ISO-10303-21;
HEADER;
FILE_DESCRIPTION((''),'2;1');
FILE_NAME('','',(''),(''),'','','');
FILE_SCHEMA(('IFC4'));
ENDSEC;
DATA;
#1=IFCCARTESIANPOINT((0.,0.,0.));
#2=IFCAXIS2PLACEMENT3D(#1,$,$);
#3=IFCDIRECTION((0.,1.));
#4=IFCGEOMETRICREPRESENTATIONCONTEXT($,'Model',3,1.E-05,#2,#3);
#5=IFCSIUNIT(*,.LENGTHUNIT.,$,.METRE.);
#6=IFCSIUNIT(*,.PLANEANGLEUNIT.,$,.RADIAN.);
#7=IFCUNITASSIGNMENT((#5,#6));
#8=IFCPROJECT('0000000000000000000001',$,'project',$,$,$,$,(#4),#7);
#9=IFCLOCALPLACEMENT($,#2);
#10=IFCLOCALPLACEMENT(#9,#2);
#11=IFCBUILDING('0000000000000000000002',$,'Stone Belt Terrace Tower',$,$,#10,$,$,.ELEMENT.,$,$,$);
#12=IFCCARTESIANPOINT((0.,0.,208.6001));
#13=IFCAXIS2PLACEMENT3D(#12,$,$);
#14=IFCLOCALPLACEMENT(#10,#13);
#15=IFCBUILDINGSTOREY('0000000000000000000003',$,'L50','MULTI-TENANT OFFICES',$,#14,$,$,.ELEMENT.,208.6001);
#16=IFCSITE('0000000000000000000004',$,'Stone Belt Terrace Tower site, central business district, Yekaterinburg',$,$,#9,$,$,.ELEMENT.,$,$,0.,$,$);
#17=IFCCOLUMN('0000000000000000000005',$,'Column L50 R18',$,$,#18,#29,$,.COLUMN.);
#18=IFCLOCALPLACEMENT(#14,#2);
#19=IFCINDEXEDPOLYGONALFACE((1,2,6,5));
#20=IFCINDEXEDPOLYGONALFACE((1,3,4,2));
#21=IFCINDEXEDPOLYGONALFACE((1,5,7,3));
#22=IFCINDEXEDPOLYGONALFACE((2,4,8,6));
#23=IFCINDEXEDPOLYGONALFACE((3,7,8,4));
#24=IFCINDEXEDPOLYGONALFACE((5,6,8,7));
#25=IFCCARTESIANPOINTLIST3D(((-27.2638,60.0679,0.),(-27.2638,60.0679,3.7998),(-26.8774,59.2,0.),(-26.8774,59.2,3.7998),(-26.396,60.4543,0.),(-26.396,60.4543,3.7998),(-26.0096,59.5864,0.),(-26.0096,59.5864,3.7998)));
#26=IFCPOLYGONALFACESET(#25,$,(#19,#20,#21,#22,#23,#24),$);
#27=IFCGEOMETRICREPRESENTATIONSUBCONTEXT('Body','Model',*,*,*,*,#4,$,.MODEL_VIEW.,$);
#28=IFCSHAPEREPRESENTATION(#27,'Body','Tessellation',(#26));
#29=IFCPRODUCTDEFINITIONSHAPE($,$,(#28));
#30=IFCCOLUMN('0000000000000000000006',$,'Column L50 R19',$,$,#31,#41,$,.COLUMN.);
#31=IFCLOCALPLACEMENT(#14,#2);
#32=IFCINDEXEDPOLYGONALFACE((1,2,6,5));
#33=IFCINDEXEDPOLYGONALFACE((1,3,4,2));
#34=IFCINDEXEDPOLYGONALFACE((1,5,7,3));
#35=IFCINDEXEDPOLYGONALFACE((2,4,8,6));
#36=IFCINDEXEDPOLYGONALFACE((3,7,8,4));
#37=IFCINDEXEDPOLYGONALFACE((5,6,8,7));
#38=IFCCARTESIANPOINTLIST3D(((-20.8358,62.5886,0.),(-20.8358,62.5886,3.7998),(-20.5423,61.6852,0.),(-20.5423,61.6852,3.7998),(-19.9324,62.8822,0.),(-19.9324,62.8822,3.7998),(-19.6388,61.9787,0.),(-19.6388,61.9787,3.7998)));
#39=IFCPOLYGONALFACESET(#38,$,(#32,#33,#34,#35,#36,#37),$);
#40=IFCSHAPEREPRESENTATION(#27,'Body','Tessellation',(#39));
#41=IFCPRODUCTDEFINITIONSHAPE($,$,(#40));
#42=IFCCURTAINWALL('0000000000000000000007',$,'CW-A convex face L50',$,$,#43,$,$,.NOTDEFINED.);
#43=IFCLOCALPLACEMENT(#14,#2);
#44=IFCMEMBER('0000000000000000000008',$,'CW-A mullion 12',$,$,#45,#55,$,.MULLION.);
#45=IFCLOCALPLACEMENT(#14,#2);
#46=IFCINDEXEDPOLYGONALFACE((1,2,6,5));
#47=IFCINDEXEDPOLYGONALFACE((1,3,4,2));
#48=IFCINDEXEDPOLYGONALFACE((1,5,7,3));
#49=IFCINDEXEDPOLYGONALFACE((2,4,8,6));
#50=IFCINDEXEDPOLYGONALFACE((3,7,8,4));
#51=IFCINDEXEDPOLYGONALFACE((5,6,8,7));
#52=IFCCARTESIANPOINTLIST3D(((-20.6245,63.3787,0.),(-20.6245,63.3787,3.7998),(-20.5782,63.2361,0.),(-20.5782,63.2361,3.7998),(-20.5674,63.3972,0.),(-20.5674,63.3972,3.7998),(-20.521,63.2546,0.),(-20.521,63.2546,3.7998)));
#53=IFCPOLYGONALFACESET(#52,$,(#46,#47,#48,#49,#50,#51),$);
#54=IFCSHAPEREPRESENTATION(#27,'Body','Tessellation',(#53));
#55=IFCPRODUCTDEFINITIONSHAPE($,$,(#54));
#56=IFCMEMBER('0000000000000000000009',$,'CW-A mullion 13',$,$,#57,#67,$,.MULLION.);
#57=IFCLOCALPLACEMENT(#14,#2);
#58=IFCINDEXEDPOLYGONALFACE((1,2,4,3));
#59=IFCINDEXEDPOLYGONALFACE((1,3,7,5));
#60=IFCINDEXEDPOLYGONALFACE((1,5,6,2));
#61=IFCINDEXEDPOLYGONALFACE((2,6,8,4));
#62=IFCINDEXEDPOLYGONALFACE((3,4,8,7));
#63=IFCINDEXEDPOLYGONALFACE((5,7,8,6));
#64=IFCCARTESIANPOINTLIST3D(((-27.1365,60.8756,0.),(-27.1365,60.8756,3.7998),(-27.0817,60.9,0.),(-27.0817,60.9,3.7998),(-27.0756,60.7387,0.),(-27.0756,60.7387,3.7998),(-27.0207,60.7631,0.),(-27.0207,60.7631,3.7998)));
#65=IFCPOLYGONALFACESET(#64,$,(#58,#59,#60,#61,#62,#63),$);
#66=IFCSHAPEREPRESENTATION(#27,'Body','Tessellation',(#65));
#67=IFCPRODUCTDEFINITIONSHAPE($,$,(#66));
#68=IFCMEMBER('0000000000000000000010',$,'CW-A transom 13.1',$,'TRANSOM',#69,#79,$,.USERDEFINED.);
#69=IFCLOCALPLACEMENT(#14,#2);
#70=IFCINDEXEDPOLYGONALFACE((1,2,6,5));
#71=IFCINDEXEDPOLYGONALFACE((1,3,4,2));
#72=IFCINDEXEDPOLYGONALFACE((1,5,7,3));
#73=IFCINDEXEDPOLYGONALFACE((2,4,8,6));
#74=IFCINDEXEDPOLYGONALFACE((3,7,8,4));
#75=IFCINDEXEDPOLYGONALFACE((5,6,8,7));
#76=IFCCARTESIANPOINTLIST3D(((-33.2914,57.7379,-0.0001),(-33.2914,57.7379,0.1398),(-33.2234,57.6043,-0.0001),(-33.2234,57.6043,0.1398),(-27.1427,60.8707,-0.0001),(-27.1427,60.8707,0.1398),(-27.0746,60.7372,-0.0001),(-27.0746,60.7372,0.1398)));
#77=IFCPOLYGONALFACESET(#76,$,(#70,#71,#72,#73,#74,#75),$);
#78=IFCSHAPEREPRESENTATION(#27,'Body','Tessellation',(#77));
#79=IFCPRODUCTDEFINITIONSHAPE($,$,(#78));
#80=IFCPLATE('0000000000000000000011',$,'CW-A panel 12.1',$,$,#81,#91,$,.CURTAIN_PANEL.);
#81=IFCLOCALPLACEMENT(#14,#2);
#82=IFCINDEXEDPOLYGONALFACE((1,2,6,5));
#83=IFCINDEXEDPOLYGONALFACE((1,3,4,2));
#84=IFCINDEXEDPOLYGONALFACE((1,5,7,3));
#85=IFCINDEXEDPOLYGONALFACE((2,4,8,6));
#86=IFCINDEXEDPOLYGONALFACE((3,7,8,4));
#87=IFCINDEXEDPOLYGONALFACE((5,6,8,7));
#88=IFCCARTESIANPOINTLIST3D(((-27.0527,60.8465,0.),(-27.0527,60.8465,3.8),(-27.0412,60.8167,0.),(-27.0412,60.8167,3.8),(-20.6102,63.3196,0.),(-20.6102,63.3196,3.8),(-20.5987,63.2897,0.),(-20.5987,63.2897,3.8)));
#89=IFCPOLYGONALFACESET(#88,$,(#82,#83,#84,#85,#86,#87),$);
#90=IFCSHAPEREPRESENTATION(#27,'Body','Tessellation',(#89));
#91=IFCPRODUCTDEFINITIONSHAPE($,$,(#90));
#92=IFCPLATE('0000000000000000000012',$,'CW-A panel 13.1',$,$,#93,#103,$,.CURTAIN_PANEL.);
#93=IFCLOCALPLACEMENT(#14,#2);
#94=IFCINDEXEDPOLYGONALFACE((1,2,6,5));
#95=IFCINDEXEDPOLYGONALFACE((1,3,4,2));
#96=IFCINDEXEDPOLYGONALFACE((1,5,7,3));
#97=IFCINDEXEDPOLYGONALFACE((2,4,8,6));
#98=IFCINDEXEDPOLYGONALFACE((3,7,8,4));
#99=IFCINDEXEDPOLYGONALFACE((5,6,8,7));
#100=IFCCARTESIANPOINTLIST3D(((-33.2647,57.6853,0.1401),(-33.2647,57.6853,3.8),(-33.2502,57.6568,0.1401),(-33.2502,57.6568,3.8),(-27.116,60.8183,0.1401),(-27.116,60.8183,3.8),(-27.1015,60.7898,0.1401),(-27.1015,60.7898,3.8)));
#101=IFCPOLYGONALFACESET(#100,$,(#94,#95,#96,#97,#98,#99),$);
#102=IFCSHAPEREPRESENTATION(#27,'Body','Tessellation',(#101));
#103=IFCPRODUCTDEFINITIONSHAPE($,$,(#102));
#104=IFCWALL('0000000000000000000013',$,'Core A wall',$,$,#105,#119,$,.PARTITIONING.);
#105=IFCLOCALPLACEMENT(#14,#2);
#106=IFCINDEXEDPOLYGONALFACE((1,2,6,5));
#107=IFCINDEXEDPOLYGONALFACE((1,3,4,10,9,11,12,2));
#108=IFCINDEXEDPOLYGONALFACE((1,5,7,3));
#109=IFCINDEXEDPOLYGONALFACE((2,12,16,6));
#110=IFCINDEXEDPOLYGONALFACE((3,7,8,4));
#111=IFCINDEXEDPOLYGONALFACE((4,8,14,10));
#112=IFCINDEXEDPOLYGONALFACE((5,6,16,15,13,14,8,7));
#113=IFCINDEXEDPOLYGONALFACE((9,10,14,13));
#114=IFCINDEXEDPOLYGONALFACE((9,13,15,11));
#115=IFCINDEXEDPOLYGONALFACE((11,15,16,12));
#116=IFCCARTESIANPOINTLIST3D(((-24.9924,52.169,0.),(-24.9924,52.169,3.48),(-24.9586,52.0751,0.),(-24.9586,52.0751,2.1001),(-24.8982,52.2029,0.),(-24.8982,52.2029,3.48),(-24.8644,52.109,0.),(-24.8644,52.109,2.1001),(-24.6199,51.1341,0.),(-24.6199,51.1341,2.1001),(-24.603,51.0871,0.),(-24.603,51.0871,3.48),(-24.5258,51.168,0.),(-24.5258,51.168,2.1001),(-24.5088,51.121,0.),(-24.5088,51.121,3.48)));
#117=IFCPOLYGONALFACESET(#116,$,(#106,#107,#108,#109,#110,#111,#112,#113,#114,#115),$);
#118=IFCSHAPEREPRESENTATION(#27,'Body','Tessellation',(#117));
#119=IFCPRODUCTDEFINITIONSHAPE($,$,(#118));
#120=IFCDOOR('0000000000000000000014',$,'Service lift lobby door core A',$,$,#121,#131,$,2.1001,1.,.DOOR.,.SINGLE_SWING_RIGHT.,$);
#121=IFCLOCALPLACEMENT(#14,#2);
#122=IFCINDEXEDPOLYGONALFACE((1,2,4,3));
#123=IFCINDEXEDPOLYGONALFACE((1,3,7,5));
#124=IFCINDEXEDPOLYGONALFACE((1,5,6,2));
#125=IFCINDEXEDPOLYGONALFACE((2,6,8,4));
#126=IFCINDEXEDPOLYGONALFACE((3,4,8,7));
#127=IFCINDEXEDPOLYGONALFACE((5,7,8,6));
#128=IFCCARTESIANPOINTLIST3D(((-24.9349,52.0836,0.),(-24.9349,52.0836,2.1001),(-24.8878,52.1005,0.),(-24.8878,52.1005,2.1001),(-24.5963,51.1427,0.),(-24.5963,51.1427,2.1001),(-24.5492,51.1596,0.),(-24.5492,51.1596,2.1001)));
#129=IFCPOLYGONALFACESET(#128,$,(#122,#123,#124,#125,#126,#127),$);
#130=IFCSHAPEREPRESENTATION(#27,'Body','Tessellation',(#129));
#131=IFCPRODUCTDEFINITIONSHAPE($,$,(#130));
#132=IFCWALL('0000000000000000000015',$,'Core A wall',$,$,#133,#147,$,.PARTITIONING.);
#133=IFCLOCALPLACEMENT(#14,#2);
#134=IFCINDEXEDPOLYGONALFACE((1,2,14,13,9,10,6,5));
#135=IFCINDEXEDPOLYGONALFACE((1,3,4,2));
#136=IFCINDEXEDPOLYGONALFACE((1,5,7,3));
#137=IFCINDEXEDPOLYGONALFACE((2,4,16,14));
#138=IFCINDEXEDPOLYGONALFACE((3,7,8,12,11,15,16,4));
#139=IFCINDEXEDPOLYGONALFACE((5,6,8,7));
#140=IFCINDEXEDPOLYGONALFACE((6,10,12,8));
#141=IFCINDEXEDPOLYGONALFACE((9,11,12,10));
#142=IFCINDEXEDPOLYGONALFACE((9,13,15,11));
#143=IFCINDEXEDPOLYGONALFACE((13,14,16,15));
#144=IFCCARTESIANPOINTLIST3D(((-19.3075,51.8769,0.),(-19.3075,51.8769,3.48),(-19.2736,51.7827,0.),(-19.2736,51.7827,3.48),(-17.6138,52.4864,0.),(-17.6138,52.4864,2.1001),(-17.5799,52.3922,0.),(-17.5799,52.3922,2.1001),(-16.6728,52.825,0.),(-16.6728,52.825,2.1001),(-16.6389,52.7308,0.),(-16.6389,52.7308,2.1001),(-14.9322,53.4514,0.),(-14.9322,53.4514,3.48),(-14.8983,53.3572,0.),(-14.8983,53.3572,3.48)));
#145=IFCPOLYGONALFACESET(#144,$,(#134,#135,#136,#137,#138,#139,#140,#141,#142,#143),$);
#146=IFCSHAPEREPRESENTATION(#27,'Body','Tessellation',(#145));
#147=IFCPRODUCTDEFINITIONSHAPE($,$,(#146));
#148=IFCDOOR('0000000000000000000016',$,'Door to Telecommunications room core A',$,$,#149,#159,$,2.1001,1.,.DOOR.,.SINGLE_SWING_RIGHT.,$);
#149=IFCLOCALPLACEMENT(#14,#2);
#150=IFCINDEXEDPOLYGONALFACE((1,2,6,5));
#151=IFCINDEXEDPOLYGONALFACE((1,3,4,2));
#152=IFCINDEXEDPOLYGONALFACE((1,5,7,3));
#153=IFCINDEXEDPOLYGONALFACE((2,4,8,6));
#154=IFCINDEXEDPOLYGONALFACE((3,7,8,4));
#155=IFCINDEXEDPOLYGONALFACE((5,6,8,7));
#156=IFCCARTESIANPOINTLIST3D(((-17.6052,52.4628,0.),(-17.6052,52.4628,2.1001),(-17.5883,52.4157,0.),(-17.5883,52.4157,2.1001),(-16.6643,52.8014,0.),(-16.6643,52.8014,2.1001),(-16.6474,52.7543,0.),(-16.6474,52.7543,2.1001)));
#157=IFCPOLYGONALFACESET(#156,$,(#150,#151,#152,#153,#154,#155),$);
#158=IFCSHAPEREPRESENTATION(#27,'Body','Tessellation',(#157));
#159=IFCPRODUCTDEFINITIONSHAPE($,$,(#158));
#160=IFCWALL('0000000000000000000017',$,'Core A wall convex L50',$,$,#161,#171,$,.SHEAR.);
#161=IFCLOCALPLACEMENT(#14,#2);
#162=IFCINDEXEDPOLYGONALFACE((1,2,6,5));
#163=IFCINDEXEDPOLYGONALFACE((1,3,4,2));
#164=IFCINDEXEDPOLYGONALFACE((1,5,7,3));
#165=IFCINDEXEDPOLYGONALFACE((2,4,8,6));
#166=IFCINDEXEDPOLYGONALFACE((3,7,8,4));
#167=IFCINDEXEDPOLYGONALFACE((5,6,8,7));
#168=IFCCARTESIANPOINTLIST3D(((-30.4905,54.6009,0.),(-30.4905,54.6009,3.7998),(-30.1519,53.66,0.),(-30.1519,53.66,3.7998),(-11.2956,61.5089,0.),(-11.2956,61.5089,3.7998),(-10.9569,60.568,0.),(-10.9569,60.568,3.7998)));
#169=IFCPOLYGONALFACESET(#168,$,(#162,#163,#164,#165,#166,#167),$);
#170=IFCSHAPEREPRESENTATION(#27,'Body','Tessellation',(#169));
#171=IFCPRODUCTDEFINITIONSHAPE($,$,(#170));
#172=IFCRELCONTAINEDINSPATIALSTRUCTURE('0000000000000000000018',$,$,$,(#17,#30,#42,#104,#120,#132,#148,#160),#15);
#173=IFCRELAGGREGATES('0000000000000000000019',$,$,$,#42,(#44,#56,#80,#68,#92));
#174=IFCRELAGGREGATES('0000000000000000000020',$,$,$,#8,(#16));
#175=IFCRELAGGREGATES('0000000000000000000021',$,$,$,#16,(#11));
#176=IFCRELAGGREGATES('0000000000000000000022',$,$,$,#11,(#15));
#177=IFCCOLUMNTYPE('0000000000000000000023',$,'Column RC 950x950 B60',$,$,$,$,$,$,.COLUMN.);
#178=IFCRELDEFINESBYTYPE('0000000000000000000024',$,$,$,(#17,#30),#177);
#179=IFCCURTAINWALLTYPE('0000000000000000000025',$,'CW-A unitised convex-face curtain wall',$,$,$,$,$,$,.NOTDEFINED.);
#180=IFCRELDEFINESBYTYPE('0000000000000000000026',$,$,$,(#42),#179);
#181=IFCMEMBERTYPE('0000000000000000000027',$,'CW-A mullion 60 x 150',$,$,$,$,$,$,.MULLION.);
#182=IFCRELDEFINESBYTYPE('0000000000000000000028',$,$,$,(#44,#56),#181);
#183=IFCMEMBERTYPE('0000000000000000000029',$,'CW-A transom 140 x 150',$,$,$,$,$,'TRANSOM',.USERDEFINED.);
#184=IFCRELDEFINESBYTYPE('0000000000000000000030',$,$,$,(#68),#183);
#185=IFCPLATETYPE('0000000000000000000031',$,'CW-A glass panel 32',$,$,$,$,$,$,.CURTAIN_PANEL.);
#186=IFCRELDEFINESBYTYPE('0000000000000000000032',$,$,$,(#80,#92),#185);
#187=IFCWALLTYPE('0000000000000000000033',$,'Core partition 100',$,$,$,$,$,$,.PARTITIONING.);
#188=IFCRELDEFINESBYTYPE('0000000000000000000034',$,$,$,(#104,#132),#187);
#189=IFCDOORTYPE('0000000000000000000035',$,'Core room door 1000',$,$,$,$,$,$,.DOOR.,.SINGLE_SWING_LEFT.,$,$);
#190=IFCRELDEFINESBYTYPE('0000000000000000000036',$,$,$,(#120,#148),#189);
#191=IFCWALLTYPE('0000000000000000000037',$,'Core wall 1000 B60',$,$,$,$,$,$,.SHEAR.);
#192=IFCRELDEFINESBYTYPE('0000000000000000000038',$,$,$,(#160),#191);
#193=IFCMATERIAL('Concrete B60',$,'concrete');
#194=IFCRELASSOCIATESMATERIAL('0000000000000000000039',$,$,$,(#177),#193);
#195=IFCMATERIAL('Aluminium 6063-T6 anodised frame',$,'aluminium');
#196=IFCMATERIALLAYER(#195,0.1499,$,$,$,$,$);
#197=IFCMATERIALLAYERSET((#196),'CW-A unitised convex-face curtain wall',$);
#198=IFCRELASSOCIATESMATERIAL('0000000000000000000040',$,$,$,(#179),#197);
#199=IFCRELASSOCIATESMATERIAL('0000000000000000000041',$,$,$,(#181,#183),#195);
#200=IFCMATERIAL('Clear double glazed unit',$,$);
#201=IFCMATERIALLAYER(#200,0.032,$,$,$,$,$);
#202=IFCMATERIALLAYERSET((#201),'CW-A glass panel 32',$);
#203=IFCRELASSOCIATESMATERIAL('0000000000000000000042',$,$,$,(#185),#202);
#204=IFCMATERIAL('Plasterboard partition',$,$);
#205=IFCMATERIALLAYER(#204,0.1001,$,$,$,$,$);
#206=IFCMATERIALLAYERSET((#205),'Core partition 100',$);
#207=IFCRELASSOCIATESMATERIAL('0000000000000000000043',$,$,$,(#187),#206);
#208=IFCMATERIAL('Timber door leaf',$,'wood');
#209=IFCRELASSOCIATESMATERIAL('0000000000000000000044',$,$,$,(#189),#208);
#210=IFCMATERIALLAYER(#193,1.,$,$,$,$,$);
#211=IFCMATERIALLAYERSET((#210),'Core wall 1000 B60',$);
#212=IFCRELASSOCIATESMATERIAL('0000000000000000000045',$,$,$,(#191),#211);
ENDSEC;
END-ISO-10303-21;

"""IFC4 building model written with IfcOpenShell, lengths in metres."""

from ifc_helpers import new_model, si_unit, direction, frame, frame_2d, origin, origin_2d, place, context, subcontext, project, spatial, rectangle, extrude, material, layer, layer_set, material_profile, profile_set, type_object, element, fill, aggregate, save


model = new_model("IFC4")

# Units and contexts
model_context = context("Model", 3, precision=1e-05, world=origin(), true_north=direction((0.0, 1.0)))
body_context = subcontext(model_context, "Body", "Model", "MODEL_VIEW")
ifc_project = project(units=[si_unit("LENGTHUNIT", "METRE"), si_unit("PLANEANGLEUNIT", "RADIAN")], contexts=[model_context])

# Site, building, storey
site_placement = place(None, origin())
site = spatial("IfcSite", under=ifc_project, at=site_placement, Name="Stone Belt Terrace Tower site, central business district, Yekaterinburg", CompositionType="ELEMENT", RefElevation=0.0)
building_placement = place(site_placement, origin())
building = spatial("IfcBuilding", under=site, at=building_placement, Name="Stone Belt Terrace Tower", CompositionType="ELEMENT")
storey_placement = place(building_placement, frame((0.0, 0.0, 208.6001)))
storey = spatial("IfcBuildingStorey", under=building, at=storey_placement, Name="L50", Description="MULTI-TENANT OFFICES", CompositionType="ELEMENT", Elevation=208.6001)

# Columns
ifc_material_1 = material(Name="Concrete B60", Category="concrete")
ifc_material_profile_1 = material_profile(ifc_material_1, rectangle(XDim=0.95, YDim=0.95, at=origin_2d()), Name="RC 950x950")
ifc_profile_set_1 = profile_set([ifc_material_profile_1], Name="Concrete B60")
column_type = type_object("IfcColumnType", Name="Column RC 950x950 B60", PredefinedType="COLUMN", material=ifc_profile_set_1)
for number, where, z_axis, x_axis, name in (
    (1, (-26.6367, 59.8271, 0.0), (0.0, 0.0, 1.0), (0.913545, 0.406737, 0.0), "Column L50 R18"),
    (2, (-20.2373, 62.2837, 0.0), (0.0, 0.0, 1.0), (0.951057, 0.309017, 0.0), "Column L50 R19"),
):
    element("IfcColumn", number, at=place(storey_placement, frame(where, z_axis=z_axis, x_axis=x_axis)), inside=storey, type_object=column_type, Name=name, PredefinedType="COLUMN", context=body_context, shape_type="SweptSolid", body=[
        extrude(rectangle(XDim=0.95, YDim=0.95, at=origin_2d()), origin(), (0.0, 0.0, 1.0), 3.7998),
    ])

# Curtain wall, members, plates
ifc_material_2 = material(Name="Aluminium 6063-T6 anodised frame", Category="aluminium")
ifc_layer_1 = layer(ifc_material_2, 0.1499)
ifc_layer_set_1 = layer_set([ifc_layer_1], Name="CW-A unitised convex-face curtain wall")
curtain_wall_type = type_object("IfcCurtainWallType", Name="CW-A unitised convex-face curtain wall", PredefinedType="NOTDEFINED", material=ifc_layer_set_1)
curtain_wall_placement = place(storey_placement, origin())
curtain_wall = element("IfcCurtainWall", 3, at=curtain_wall_placement, inside=storey, type_object=curtain_wall_type, Name="CW-A convex face L50", PredefinedType="NOTDEFINED")
ifc_material_profile_2 = material_profile(ifc_material_2, rectangle(XDim=0.1499, YDim=0.0601, at=origin_2d()), Name="Aluminium 6063-T6 60x150")
ifc_profile_set_2 = profile_set([ifc_material_profile_2], Name="Aluminium 6063-T6 anodised frame")
member_type_1 = type_object("IfcMemberType", Name="CW-A mullion 60 x 150", PredefinedType="MULLION", material=ifc_profile_set_2)
member_1_placement = place(storey_placement, frame((-20.5728, 63.3167, 0.0), z_axis=(0.0, 0.0, 1.0), x_axis=(0.309017, -0.951057, 0.0)))
member_1 = element("IfcMember", 4, at=member_1_placement, type_object=member_type_1, Name="CW-A mullion 12", PredefinedType="MULLION", context=body_context, shape_type="SweptSolid", body=[
    extrude(rectangle(XDim=0.1499, YDim=0.0601, at=origin_2d()), origin(), (0.0, 0.0, 1.0), 3.7998),
])
member_2_placement = place(storey_placement, frame((-27.0786, 60.8193, 0.0), z_axis=(0.0, 0.0, 1.0), x_axis=(0.406737, -0.913545, 0.0)))
member_2 = element("IfcMember", 5, at=member_2_placement, type_object=member_type_1, Name="CW-A mullion 13", PredefinedType="MULLION", context=body_context, shape_type="SweptSolid", body=[
    extrude(rectangle(XDim=0.1499, YDim=0.0601, at=origin_2d()), origin(), (0.0, 0.0, 1.0), 3.7998),
])
ifc_material_profile_3 = material_profile(ifc_material_2, rectangle(XDim=0.1499, YDim=0.1399, at=origin_2d()), Name="Aluminium 6063-T6 150x140")
ifc_profile_set_3 = profile_set([ifc_material_profile_3], Name="Aluminium 6063-T6 anodised frame")
member_type_2 = type_object("IfcMemberType", Name="CW-A transom 140 x 150", ElementType="TRANSOM", PredefinedType="USERDEFINED", material=ifc_profile_set_3)
member_3_placement = place(storey_placement, frame((-27.1086, 60.804, 0.0698), z_axis=(-0.891012, -0.453979, 0.0), x_axis=(0.453979, -0.891012, 0.0)))
member_3 = element("IfcMember", 6, at=member_3_placement, type_object=member_type_2, Name="CW-A transom 13.1", ObjectType="TRANSOM", PredefinedType="USERDEFINED", context=body_context, shape_type="SweptSolid", body=[
    extrude(rectangle(XDim=0.1499, YDim=0.1399, at=origin_2d()), origin(), (0.0, 0.0, 1.0), 6.9009),
])
ifc_material_3 = material(Name="Clear double glazed unit")
ifc_layer_2 = layer(ifc_material_3, 0.032)
ifc_layer_set_2 = layer_set([ifc_layer_2], Name="CW-A glass panel 32")
plate_type = type_object("IfcPlateType", Name="CW-A glass panel 32", PredefinedType="CURTAIN_PANEL", material=ifc_layer_set_2)
plate_1_placement = place(storey_placement, frame((-23.8257, 62.0681, 0.0), z_axis=(0.0, 0.0, 1.0), x_axis=(-0.93358, -0.358368, 0.0)))
plate_1 = element("IfcPlate", 7, at=plate_1_placement, type_object=plate_type, Name="CW-A panel 12.1", PredefinedType="CURTAIN_PANEL", context=body_context, shape_type="SweptSolid", body=[
    extrude(rectangle(XDim=6.9009, YDim=0.032, at=origin_2d()), origin(), (0.0, 0.0, 1.0), 3.8),
])
plate_2_placement = place(storey_placement, frame((-30.1831, 59.2375, 0.1401), z_axis=(0.0, 0.0, 1.0), x_axis=(-0.891007, -0.45399, 0.0)))
plate_2 = element("IfcPlate", 8, at=plate_2_placement, type_object=plate_type, Name="CW-A panel 13.1", PredefinedType="CURTAIN_PANEL", context=body_context, shape_type="SweptSolid", body=[
    extrude(rectangle(XDim=6.9009, YDim=0.032, at=origin_2d()), origin(), (0.0, 0.0, 1.0), 3.6599),
])
aggregate(curtain_wall, [member_1, member_2, plate_1, member_3, plate_2])

# Walls, openings, doors
ifc_material_4 = material(Name="Plasterboard partition")
ifc_layer_3 = layer(ifc_material_4, 0.1001)
ifc_layer_set_3 = layer_set([ifc_layer_3], Name="Core partition 100")
wall_type_1 = type_object("IfcWallType", Name="Core partition 100", PredefinedType="PARTITIONING", material=ifc_layer_set_3)
wall_1_placement = place(storey_placement, frame((-24.5559, 51.104, 0.0), z_axis=(0.0, 0.0, 1.0), x_axis=(-0.338622, 0.940923, 0.0)))
wall_1 = element("IfcWall", 9, at=wall_1_placement, inside=storey, type_object=wall_type_1, Name="Core A wall", PredefinedType="PARTITIONING", context=body_context, shape_type="SweptSolid", body=[
    extrude(rectangle(XDim=1.1499, YDim=0.1001, at=frame_2d((0.575, 0.0))), origin(), (0.0, 0.0, 1.0), 3.48),
])
opening_1_placement = place(wall_1_placement, frame((0.05, 0.0, 0.0)))
opening_1 = element("IfcOpeningElement", 10, at=opening_1_placement, cuts=wall_1, PredefinedType="OPENING", context=body_context, shape_type="SweptSolid", body=[
    extrude(rectangle(XDim=1.0, YDim=2.1001, at=frame_2d((0.5, 1.05))), frame((0.0, 0.0601, 0.0), z_axis=(0.0, -1.0, 0.0), x_axis=(1.0, 0.0, 0.0)), (0.0, 0.0, 1.0), 0.1201),
])
ifc_material_5 = material(Name="Timber door leaf", Category="wood")
door_type_1 = type_object("IfcDoorType", Name="Core room door 1000", OperationType="SINGLE_SWING_LEFT", PredefinedType="DOOR", material=ifc_material_5)
door_1_placement = place(opening_1_placement, origin())
door_1 = element("IfcDoor", 11, at=door_1_placement, inside=storey, type_object=door_type_1, Name="Service lift lobby door core A", OperationType="SINGLE_SWING_RIGHT", OverallHeight=2.1001, OverallWidth=1.0, PredefinedType="DOOR", context=body_context, shape_type="SweptSolid", body=[
    extrude(rectangle(XDim=1.0, YDim=2.1001, at=frame_2d((0.5, 1.05))), frame((0.0, 0.0249, 0.0), z_axis=(0.0, -1.0, 0.0), x_axis=(1.0, 0.0, 0.0)), (0.0, 0.0, 1.0), 0.05),
])
fill(opening_1, door_1)
wall_2_placement = place(storey_placement, frame((-19.2905, 51.8298, 0.0), z_axis=(0.0, 0.0, 1.0), x_axis=(0.94093, 0.3386, 0.0)))
wall_2 = element("IfcWall", 12, at=wall_2_placement, inside=storey, type_object=wall_type_1, Name="Core A wall", PredefinedType="PARTITIONING", context=body_context, shape_type="SweptSolid", body=[
    extrude(rectangle(XDim=4.6499, YDim=0.1001, at=frame_2d((2.325, 0.0))), origin(), (0.0, 0.0, 1.0), 3.48),
])
opening_2_placement = place(wall_2_placement, frame((1.8, 0.0, 0.0)))
opening_2 = element("IfcOpeningElement", 13, at=opening_2_placement, cuts=wall_2, PredefinedType="OPENING", context=body_context, shape_type="SweptSolid", body=[
    extrude(rectangle(XDim=1.0, YDim=2.1001, at=frame_2d((0.5, 1.05))), frame((0.0, 0.0601, 0.0), z_axis=(0.0, -1.0, 0.0), x_axis=(1.0, 0.0, 0.0)), (0.0, 0.0, 1.0), 0.1201),
])
door_2_placement = place(opening_2_placement, origin())
door_2 = element("IfcDoor", 14, at=door_2_placement, inside=storey, type_object=door_type_1, Name="Door to Telecommunications room core A", OperationType="SINGLE_SWING_RIGHT", OverallHeight=2.1001, OverallWidth=1.0, PredefinedType="DOOR", context=body_context, shape_type="SweptSolid", body=[
    extrude(rectangle(XDim=1.0, YDim=2.1001, at=frame_2d((0.5, 1.05))), frame((0.0, 0.0249, 0.0), z_axis=(0.0, -1.0, 0.0), x_axis=(1.0, 0.0, 0.0)), (0.0, 0.0, 1.0), 0.05),
])
fill(opening_2, door_2)

# Wall
ifc_layer_4 = layer(ifc_material_1, 1.0)
ifc_layer_set_4 = layer_set([ifc_layer_4], Name="Core wall 1000 B60")
wall_type_2 = type_object("IfcWallType", Name="Core wall 1000 B60", PredefinedType="SHEAR", material=ifc_layer_set_4)
wall_3_placement = place(storey_placement, frame((-30.3213, 54.1304, 0.0), z_axis=(0.0, 0.0, 1.0), x_axis=(0.940921, 0.338625, 0.0)))
element("IfcWall", 15, at=wall_3_placement, inside=storey, type_object=wall_type_2, Name="Core A wall convex L50", PredefinedType="SHEAR", context=body_context, shape_type="SweptSolid", body=[
    extrude(rectangle(XDim=20.4001, YDim=1.0, at=frame_2d((10.2002, 0.0))), origin(), (0.0, 0.0, 1.0), 3.7998),
])

save(model, "model.ifc")
